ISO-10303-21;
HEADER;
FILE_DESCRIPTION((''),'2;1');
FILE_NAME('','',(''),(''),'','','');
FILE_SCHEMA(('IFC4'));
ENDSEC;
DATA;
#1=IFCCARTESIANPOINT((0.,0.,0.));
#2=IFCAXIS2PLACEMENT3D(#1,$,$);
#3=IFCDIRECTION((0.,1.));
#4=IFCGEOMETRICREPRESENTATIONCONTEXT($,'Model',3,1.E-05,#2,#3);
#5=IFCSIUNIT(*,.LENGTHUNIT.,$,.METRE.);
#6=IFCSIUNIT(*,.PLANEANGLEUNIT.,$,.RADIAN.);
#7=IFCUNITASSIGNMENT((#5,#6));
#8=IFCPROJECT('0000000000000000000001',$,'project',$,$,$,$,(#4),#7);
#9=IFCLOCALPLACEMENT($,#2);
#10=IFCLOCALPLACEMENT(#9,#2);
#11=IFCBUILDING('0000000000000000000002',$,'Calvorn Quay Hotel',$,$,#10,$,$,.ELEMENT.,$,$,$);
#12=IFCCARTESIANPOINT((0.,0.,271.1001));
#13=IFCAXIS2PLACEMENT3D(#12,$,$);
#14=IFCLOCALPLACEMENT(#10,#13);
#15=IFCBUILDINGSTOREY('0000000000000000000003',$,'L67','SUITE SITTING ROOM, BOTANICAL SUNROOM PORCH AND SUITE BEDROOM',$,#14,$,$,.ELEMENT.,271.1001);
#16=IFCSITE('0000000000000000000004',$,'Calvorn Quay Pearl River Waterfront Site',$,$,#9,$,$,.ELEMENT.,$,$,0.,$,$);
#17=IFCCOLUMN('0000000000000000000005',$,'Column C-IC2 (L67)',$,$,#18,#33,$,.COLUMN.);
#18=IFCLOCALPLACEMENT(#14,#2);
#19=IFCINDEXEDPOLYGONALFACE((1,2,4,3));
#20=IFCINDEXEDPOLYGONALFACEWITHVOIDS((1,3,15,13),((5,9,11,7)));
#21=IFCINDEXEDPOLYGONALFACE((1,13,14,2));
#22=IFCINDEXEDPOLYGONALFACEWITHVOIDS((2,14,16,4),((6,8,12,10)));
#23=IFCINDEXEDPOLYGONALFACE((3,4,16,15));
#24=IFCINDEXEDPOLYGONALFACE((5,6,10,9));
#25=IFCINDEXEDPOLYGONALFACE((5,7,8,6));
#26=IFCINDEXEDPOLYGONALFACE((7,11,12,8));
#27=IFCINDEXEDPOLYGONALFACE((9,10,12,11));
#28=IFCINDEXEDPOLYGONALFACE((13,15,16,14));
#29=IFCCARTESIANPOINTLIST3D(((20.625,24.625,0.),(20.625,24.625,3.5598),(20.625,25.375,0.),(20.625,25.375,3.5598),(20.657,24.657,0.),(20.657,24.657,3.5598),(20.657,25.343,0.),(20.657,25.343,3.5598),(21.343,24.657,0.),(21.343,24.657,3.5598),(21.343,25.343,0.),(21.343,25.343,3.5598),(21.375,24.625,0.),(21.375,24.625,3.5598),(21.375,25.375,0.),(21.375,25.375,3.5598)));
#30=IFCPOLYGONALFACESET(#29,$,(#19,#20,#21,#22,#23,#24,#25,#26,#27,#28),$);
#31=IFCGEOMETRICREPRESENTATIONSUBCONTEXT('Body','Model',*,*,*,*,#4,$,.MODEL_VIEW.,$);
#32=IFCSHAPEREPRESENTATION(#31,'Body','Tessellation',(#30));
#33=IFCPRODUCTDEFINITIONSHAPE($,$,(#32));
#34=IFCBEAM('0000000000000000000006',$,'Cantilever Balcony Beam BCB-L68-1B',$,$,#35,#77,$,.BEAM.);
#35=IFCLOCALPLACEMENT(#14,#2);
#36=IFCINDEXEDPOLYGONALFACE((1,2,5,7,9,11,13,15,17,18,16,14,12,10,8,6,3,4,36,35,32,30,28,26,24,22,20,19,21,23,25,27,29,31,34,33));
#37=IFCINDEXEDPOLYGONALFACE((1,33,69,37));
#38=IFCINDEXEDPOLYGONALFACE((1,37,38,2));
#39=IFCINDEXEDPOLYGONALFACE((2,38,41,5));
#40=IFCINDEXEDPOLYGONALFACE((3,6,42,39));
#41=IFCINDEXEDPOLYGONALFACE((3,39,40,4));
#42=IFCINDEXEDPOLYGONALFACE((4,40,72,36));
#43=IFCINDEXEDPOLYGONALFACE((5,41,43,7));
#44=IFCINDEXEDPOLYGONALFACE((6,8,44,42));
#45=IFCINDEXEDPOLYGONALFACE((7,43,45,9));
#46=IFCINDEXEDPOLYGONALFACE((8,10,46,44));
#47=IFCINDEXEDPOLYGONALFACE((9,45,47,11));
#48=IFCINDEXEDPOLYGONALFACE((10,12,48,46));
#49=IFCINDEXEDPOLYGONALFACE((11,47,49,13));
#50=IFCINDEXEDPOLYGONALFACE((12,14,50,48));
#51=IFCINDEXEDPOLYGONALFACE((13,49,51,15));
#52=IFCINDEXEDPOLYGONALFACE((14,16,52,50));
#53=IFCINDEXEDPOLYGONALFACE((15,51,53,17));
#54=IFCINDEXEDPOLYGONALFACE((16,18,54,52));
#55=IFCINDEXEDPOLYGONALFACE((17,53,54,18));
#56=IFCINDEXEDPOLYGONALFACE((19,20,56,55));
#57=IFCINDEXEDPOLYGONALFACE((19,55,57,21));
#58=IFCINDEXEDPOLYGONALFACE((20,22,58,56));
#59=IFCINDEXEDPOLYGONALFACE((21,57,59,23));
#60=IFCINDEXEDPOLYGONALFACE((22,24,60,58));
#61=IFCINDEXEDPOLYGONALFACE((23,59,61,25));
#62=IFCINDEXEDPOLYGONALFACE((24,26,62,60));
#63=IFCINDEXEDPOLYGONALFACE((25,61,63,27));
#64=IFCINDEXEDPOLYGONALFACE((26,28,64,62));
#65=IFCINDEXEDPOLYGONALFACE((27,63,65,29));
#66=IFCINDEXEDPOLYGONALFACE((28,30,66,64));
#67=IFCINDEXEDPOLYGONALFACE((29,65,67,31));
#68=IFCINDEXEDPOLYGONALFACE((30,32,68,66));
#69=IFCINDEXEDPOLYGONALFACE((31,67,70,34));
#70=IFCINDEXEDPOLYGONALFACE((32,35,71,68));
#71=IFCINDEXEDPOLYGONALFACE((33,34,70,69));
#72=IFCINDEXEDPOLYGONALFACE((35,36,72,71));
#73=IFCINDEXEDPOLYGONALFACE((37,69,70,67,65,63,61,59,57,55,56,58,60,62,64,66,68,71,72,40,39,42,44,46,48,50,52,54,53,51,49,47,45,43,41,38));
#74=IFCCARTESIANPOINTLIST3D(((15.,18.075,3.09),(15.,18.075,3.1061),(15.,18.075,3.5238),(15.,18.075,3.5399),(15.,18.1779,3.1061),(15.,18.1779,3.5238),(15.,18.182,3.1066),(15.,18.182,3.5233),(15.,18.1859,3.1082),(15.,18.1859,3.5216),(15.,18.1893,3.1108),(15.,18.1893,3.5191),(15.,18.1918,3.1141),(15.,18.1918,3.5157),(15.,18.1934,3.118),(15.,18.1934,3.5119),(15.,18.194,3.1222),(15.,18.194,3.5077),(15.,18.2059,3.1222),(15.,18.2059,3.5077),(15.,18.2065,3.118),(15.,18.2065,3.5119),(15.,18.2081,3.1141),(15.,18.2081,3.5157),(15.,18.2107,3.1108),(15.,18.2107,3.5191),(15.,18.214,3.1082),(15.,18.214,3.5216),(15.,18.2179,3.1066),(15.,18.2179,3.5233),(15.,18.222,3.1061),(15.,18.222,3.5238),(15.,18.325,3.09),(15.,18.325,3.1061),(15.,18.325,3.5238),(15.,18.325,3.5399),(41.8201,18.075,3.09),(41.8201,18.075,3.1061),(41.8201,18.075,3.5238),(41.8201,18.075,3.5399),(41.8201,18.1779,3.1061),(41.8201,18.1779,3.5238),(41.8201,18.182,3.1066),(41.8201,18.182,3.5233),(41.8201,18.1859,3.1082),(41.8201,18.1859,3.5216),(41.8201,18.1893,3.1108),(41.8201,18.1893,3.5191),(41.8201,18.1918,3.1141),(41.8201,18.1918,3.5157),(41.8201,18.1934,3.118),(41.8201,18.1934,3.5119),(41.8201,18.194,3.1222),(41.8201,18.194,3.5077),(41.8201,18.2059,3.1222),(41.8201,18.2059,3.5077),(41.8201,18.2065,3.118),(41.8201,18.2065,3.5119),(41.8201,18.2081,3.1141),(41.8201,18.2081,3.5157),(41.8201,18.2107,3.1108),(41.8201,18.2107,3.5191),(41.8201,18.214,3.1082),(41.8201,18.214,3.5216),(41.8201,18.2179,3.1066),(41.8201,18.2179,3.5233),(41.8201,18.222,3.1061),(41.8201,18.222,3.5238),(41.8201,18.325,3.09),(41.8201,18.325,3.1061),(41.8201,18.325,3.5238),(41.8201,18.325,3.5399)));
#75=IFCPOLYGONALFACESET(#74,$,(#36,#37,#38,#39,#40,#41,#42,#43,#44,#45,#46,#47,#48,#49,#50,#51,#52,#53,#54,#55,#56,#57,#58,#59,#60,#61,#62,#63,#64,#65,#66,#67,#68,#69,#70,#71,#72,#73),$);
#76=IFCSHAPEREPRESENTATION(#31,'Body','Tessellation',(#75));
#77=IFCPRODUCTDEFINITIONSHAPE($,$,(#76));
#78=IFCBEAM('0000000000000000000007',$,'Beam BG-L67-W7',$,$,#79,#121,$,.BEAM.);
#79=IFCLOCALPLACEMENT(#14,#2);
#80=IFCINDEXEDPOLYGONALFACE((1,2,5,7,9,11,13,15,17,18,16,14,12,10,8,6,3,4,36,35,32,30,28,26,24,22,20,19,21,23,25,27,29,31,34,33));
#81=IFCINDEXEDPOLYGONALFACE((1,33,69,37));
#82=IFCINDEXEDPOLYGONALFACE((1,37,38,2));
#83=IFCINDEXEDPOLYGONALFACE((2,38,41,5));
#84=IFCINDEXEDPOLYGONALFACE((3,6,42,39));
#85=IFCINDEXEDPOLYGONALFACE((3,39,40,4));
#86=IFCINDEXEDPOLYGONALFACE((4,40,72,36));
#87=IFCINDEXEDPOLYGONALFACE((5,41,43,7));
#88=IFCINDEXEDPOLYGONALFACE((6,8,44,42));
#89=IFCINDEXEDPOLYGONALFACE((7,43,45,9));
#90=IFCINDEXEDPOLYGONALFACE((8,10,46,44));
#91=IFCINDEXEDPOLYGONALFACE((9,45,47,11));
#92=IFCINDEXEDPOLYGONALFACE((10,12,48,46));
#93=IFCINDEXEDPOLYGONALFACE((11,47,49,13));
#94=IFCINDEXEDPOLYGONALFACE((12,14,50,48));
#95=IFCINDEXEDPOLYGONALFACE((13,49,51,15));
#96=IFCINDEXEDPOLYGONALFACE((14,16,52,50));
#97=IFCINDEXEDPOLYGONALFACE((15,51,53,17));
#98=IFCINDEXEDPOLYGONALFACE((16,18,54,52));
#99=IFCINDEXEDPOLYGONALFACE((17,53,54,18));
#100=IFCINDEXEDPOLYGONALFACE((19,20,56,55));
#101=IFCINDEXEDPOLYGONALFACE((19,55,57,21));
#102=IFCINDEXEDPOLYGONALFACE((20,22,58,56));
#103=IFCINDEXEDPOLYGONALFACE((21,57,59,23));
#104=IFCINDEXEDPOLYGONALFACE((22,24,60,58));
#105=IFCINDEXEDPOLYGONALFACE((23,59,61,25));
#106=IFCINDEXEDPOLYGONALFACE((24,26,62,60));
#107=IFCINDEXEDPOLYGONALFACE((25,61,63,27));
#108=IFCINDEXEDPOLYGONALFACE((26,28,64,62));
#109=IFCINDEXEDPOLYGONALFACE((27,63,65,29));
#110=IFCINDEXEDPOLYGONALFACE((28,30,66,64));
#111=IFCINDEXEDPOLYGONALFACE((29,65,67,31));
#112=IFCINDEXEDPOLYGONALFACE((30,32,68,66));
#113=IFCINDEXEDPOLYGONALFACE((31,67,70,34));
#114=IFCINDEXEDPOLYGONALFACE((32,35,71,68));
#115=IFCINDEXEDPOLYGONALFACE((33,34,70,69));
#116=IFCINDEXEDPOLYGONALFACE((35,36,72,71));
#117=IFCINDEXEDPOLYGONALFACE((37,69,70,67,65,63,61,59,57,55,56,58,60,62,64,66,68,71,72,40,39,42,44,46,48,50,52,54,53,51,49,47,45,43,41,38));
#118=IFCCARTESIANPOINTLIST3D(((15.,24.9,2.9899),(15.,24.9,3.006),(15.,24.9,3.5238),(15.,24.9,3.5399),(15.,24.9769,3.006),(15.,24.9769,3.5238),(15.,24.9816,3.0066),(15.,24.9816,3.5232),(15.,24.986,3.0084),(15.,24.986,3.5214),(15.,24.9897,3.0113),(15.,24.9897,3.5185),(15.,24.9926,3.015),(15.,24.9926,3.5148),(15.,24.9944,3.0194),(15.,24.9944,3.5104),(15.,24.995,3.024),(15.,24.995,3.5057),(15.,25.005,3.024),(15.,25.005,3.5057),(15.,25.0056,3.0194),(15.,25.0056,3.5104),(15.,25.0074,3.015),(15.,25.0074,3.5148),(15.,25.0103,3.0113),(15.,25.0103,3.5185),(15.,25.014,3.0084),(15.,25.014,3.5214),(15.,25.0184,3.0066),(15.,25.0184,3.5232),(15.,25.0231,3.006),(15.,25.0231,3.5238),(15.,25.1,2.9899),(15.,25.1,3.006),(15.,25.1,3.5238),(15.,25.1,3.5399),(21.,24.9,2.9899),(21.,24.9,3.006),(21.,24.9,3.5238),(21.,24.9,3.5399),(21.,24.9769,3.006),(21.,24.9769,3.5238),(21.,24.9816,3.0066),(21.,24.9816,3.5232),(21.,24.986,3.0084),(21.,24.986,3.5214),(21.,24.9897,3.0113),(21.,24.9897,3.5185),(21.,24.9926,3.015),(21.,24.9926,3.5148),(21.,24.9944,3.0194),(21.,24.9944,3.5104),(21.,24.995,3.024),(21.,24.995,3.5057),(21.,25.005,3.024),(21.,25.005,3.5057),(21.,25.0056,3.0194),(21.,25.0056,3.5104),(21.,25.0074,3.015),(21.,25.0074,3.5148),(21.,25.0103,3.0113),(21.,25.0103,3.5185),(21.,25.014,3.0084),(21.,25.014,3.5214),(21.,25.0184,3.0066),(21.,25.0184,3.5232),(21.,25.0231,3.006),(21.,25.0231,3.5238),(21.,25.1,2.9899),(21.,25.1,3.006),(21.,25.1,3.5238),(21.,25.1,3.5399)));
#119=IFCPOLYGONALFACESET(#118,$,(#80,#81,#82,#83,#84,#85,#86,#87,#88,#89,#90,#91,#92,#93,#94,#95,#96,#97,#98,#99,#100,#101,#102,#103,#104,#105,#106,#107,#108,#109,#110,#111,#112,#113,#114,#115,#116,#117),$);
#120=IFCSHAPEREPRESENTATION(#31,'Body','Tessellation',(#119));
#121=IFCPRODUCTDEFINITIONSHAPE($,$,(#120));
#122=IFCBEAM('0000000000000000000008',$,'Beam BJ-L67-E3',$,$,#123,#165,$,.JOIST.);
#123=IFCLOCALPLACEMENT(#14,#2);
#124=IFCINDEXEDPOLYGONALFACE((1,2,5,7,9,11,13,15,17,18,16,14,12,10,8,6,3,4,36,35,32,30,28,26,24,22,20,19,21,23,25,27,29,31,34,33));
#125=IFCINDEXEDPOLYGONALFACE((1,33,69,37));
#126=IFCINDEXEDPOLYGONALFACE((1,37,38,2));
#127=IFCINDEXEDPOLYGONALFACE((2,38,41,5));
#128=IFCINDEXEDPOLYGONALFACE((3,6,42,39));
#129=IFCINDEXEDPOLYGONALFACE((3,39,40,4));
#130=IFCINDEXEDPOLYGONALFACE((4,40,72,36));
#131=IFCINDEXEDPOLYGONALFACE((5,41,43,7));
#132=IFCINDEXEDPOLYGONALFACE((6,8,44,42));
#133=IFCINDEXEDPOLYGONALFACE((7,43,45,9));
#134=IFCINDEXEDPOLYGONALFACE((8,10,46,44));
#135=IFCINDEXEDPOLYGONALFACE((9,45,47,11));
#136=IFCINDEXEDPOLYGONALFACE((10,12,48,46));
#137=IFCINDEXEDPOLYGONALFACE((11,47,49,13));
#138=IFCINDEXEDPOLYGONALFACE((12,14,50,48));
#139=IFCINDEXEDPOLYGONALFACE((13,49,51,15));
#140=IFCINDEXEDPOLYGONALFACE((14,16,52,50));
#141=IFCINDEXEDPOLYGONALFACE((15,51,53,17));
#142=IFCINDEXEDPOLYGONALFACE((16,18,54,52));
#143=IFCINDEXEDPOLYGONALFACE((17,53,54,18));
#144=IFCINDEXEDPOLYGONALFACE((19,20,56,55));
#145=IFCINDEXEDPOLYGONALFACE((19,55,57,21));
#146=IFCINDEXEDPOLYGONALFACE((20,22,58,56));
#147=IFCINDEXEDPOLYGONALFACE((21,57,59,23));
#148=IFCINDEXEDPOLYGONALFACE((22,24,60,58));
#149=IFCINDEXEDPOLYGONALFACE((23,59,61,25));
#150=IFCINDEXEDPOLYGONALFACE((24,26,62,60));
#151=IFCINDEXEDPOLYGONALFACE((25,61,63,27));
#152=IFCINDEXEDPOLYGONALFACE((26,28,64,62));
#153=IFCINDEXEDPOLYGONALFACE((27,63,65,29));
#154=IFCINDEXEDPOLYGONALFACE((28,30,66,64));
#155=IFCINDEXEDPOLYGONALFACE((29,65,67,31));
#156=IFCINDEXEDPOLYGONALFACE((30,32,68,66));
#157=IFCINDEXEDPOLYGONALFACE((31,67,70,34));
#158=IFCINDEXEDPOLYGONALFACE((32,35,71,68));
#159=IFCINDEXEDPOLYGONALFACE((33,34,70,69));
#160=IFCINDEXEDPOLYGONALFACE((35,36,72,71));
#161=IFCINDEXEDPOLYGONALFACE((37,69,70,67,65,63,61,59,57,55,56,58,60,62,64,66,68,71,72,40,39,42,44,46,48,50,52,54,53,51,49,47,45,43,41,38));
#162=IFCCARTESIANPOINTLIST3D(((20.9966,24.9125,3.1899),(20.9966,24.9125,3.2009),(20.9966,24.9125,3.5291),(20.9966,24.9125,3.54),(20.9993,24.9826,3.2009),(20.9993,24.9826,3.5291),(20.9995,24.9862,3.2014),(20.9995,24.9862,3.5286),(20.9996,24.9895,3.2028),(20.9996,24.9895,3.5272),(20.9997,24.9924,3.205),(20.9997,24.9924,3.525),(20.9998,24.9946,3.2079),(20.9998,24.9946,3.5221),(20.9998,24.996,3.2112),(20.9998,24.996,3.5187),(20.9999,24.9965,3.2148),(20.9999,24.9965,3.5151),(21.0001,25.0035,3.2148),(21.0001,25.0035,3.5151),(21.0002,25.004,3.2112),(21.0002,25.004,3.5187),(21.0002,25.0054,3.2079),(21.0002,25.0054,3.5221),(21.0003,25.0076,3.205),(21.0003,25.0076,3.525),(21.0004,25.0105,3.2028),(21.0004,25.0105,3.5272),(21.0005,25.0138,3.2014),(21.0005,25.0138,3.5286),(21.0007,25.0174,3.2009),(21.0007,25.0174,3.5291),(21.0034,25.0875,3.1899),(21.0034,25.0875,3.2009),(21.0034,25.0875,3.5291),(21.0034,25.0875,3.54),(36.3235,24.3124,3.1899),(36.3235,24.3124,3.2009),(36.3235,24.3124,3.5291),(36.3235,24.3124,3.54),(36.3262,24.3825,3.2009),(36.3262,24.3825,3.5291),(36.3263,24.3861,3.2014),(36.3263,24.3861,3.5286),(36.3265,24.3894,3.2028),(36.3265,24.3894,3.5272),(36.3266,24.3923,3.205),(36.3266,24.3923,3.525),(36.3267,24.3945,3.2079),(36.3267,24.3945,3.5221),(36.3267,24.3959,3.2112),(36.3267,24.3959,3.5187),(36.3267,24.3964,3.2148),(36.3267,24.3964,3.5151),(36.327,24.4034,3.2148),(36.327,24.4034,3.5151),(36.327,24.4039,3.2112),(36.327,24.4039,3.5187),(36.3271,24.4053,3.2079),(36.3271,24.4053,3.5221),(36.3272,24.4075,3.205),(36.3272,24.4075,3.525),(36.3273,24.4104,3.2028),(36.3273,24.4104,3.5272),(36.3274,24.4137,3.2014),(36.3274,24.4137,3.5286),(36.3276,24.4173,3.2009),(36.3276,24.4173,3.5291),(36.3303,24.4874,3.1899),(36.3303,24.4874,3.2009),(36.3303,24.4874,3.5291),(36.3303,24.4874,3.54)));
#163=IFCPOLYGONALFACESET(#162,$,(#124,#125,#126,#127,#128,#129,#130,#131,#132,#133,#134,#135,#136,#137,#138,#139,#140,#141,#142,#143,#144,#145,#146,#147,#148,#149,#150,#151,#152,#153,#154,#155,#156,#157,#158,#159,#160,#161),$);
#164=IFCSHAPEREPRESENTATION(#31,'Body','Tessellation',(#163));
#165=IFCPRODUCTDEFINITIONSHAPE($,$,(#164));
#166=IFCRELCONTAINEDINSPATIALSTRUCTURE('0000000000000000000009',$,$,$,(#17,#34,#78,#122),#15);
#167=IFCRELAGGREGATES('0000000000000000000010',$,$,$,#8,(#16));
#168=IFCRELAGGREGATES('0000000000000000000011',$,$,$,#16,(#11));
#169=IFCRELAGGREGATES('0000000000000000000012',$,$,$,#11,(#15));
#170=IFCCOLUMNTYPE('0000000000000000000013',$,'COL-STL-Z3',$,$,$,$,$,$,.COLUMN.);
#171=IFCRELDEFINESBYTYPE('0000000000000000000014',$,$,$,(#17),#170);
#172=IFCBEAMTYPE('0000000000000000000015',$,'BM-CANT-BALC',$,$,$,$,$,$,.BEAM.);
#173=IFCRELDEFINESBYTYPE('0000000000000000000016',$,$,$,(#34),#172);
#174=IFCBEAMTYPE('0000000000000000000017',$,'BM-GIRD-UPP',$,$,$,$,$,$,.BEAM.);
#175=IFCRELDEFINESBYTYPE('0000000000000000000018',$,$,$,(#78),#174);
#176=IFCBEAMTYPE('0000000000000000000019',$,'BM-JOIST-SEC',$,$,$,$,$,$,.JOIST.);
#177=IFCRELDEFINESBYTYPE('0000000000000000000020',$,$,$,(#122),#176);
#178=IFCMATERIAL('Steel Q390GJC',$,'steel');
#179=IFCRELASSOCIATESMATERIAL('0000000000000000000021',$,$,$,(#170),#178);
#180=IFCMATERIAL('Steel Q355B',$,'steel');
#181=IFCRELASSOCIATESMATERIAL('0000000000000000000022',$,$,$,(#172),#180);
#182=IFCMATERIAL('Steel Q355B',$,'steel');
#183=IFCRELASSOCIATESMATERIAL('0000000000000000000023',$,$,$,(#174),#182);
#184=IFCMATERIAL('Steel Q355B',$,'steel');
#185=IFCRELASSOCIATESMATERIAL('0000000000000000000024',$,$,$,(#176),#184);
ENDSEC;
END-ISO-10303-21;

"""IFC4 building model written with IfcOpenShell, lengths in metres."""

from ifc_helpers import new_model, si_unit, direction, frame, origin, origin_2d, place, context, subcontext, project, spatial, hollow_rectangle, i_section, extrude, material, material_profile, profile_set, type_object, element, save


model = new_model("IFC4")

# Units and contexts
model_context = context("Model", 3, precision=1e-05, world=origin(), true_north=direction((0.0, 1.0)))
body_context = subcontext(model_context, "Body", "Model", "MODEL_VIEW")
ifc_project = project(units=[si_unit("LENGTHUNIT", "METRE"), si_unit("PLANEANGLEUNIT", "RADIAN")], contexts=[model_context])

# Site, building, storey
site_placement = place(None, origin())
site = spatial("IfcSite", under=ifc_project, at=site_placement, Name="Calvorn Quay Pearl River Waterfront Site", CompositionType="ELEMENT", RefElevation=0.0)
building_placement = place(site_placement, origin())
building = spatial("IfcBuilding", under=site, at=building_placement, Name="Calvorn Quay Hotel", CompositionType="ELEMENT")
storey_placement = place(building_placement, frame((0.0, 0.0, 271.1001)))
storey = spatial("IfcBuildingStorey", under=building, at=storey_placement, Name="L67", Description="SUITE SITTING ROOM, BOTANICAL SUNROOM PORCH AND SUITE BEDROOM", CompositionType="ELEMENT", Elevation=271.1001)

# Column
ifc_material_1 = material(Name="Steel Q390GJC", Category="steel")
ifc_material_profile_1 = material_profile(ifc_material_1, hollow_rectangle(XDim=0.75, YDim=0.75, WallThickness=0.032, at=origin_2d()), Name="BOX750x750x32")
ifc_profile_set_1 = profile_set([ifc_material_profile_1], Name="Steel Q390GJC")
column_type = type_object("IfcColumnType", Name="COL-STL-Z3", PredefinedType="COLUMN", material=ifc_profile_set_1)
column_placement = place(storey_placement, frame((21.0, 25.0, 0.0), z_axis=(0.0, 0.0, 1.0), x_axis=(1.0, 0.0, 0.0)))
element("IfcColumn", 1, at=column_placement, inside=storey, type_object=column_type, Name="Column C-IC2 (L67)", PredefinedType="COLUMN", context=body_context, shape_type="SweptSolid", body=[
    extrude(hollow_rectangle(XDim=0.75, YDim=0.75, WallThickness=0.032, at=origin_2d()), origin(), (0.0, 0.0, 1.0), 3.5598),
])

# Beams
ifc_material_2 = material(Name="Steel Q355B", Category="steel")
ifc_material_profile_2 = material_profile(ifc_material_2, i_section(OverallWidth=0.25, OverallDepth=0.45, WebThickness=0.012, FlangeThickness=0.0161, FilletRadius=0.0161, at=origin_2d()), Name="HN450x250x12x16")
ifc_profile_set_2 = profile_set([ifc_material_profile_2], Name="Steel Q355B")
beam_type_1 = type_object("IfcBeamType", Name="BM-CANT-BALC", PredefinedType="BEAM", material=ifc_profile_set_2)
beam_1_placement = place(storey_placement, frame((15.0, 18.2, 3.3149), z_axis=(1.0, 0.0, 0.0), x_axis=(0.0, 1.0, 0.0)))
element("IfcBeam", 2, at=beam_1_placement, inside=storey, type_object=beam_type_1, Name="Cantilever Balcony Beam BCB-L68-1B", PredefinedType="BEAM", context=body_context, shape_type="SweptSolid", body=[
    extrude(i_section(OverallWidth=0.25, OverallDepth=0.45, WebThickness=0.012, FlangeThickness=0.0161, FilletRadius=0.0161, at=origin_2d()), origin(), (0.0, 0.0, 1.0), 26.8201),
])
ifc_material_3 = material(Name="Steel Q355B", Category="steel")
ifc_material_profile_3 = material_profile(ifc_material_3, i_section(OverallWidth=0.2, OverallDepth=0.55, WebThickness=0.01, FlangeThickness=0.0161, FilletRadius=0.0181, at=origin_2d()), Name="HN550x200x10x16")
ifc_profile_set_3 = profile_set([ifc_material_profile_3], Name="Steel Q355B")
beam_type_2 = type_object("IfcBeamType", Name="BM-GIRD-UPP", PredefinedType="BEAM", material=ifc_profile_set_3)
beam_2_placement = place(storey_placement, frame((21.0, 25.0, 3.2649), z_axis=(-1.0, 0.0, 0.0), x_axis=(0.0, -1.0, 0.0)))
element("IfcBeam", 3, at=beam_2_placement, inside=storey, type_object=beam_type_2, Name="Beam BG-L67-W7", PredefinedType="BEAM", context=body_context, shape_type="SweptSolid", body=[
    extrude(i_section(OverallWidth=0.2, OverallDepth=0.55, WebThickness=0.01, FlangeThickness=0.0161, FilletRadius=0.0181, at=origin_2d()), origin(), (0.0, 0.0, 1.0), 6.0),
])
ifc_material_4 = material(Name="Steel Q355B", Category="steel")
ifc_material_profile_4 = material_profile(ifc_material_4, i_section(OverallWidth=0.175, OverallDepth=0.3501, WebThickness=0.0071, FlangeThickness=0.011, FilletRadius=0.0139, at=origin_2d()), Name="HN350x175x7x11")
ifc_profile_set_4 = profile_set([ifc_material_profile_4], Name="Steel Q355B")
beam_type_3 = type_object("IfcBeamType", Name="BM-JOIST-SEC", PredefinedType="JOIST", material=ifc_profile_set_4)
beam_3_placement = place(storey_placement, frame((21.0, 25.0, 3.365), z_axis=(0.999234, -0.039123, 0.0), x_axis=(0.039123, 0.999234, 0.0)))
element("IfcBeam", 4, at=beam_3_placement, inside=storey, type_object=beam_type_3, Name="Beam BJ-L67-E3", PredefinedType="JOIST", context=body_context, shape_type="SweptSolid", body=[
    extrude(i_section(OverallWidth=0.175, OverallDepth=0.3501, WebThickness=0.0071, FlangeThickness=0.011, FilletRadius=0.0139, at=origin_2d()), origin(), (0.0, 0.0, 1.0), 15.3386),
])

save(model, "model.ifc")
